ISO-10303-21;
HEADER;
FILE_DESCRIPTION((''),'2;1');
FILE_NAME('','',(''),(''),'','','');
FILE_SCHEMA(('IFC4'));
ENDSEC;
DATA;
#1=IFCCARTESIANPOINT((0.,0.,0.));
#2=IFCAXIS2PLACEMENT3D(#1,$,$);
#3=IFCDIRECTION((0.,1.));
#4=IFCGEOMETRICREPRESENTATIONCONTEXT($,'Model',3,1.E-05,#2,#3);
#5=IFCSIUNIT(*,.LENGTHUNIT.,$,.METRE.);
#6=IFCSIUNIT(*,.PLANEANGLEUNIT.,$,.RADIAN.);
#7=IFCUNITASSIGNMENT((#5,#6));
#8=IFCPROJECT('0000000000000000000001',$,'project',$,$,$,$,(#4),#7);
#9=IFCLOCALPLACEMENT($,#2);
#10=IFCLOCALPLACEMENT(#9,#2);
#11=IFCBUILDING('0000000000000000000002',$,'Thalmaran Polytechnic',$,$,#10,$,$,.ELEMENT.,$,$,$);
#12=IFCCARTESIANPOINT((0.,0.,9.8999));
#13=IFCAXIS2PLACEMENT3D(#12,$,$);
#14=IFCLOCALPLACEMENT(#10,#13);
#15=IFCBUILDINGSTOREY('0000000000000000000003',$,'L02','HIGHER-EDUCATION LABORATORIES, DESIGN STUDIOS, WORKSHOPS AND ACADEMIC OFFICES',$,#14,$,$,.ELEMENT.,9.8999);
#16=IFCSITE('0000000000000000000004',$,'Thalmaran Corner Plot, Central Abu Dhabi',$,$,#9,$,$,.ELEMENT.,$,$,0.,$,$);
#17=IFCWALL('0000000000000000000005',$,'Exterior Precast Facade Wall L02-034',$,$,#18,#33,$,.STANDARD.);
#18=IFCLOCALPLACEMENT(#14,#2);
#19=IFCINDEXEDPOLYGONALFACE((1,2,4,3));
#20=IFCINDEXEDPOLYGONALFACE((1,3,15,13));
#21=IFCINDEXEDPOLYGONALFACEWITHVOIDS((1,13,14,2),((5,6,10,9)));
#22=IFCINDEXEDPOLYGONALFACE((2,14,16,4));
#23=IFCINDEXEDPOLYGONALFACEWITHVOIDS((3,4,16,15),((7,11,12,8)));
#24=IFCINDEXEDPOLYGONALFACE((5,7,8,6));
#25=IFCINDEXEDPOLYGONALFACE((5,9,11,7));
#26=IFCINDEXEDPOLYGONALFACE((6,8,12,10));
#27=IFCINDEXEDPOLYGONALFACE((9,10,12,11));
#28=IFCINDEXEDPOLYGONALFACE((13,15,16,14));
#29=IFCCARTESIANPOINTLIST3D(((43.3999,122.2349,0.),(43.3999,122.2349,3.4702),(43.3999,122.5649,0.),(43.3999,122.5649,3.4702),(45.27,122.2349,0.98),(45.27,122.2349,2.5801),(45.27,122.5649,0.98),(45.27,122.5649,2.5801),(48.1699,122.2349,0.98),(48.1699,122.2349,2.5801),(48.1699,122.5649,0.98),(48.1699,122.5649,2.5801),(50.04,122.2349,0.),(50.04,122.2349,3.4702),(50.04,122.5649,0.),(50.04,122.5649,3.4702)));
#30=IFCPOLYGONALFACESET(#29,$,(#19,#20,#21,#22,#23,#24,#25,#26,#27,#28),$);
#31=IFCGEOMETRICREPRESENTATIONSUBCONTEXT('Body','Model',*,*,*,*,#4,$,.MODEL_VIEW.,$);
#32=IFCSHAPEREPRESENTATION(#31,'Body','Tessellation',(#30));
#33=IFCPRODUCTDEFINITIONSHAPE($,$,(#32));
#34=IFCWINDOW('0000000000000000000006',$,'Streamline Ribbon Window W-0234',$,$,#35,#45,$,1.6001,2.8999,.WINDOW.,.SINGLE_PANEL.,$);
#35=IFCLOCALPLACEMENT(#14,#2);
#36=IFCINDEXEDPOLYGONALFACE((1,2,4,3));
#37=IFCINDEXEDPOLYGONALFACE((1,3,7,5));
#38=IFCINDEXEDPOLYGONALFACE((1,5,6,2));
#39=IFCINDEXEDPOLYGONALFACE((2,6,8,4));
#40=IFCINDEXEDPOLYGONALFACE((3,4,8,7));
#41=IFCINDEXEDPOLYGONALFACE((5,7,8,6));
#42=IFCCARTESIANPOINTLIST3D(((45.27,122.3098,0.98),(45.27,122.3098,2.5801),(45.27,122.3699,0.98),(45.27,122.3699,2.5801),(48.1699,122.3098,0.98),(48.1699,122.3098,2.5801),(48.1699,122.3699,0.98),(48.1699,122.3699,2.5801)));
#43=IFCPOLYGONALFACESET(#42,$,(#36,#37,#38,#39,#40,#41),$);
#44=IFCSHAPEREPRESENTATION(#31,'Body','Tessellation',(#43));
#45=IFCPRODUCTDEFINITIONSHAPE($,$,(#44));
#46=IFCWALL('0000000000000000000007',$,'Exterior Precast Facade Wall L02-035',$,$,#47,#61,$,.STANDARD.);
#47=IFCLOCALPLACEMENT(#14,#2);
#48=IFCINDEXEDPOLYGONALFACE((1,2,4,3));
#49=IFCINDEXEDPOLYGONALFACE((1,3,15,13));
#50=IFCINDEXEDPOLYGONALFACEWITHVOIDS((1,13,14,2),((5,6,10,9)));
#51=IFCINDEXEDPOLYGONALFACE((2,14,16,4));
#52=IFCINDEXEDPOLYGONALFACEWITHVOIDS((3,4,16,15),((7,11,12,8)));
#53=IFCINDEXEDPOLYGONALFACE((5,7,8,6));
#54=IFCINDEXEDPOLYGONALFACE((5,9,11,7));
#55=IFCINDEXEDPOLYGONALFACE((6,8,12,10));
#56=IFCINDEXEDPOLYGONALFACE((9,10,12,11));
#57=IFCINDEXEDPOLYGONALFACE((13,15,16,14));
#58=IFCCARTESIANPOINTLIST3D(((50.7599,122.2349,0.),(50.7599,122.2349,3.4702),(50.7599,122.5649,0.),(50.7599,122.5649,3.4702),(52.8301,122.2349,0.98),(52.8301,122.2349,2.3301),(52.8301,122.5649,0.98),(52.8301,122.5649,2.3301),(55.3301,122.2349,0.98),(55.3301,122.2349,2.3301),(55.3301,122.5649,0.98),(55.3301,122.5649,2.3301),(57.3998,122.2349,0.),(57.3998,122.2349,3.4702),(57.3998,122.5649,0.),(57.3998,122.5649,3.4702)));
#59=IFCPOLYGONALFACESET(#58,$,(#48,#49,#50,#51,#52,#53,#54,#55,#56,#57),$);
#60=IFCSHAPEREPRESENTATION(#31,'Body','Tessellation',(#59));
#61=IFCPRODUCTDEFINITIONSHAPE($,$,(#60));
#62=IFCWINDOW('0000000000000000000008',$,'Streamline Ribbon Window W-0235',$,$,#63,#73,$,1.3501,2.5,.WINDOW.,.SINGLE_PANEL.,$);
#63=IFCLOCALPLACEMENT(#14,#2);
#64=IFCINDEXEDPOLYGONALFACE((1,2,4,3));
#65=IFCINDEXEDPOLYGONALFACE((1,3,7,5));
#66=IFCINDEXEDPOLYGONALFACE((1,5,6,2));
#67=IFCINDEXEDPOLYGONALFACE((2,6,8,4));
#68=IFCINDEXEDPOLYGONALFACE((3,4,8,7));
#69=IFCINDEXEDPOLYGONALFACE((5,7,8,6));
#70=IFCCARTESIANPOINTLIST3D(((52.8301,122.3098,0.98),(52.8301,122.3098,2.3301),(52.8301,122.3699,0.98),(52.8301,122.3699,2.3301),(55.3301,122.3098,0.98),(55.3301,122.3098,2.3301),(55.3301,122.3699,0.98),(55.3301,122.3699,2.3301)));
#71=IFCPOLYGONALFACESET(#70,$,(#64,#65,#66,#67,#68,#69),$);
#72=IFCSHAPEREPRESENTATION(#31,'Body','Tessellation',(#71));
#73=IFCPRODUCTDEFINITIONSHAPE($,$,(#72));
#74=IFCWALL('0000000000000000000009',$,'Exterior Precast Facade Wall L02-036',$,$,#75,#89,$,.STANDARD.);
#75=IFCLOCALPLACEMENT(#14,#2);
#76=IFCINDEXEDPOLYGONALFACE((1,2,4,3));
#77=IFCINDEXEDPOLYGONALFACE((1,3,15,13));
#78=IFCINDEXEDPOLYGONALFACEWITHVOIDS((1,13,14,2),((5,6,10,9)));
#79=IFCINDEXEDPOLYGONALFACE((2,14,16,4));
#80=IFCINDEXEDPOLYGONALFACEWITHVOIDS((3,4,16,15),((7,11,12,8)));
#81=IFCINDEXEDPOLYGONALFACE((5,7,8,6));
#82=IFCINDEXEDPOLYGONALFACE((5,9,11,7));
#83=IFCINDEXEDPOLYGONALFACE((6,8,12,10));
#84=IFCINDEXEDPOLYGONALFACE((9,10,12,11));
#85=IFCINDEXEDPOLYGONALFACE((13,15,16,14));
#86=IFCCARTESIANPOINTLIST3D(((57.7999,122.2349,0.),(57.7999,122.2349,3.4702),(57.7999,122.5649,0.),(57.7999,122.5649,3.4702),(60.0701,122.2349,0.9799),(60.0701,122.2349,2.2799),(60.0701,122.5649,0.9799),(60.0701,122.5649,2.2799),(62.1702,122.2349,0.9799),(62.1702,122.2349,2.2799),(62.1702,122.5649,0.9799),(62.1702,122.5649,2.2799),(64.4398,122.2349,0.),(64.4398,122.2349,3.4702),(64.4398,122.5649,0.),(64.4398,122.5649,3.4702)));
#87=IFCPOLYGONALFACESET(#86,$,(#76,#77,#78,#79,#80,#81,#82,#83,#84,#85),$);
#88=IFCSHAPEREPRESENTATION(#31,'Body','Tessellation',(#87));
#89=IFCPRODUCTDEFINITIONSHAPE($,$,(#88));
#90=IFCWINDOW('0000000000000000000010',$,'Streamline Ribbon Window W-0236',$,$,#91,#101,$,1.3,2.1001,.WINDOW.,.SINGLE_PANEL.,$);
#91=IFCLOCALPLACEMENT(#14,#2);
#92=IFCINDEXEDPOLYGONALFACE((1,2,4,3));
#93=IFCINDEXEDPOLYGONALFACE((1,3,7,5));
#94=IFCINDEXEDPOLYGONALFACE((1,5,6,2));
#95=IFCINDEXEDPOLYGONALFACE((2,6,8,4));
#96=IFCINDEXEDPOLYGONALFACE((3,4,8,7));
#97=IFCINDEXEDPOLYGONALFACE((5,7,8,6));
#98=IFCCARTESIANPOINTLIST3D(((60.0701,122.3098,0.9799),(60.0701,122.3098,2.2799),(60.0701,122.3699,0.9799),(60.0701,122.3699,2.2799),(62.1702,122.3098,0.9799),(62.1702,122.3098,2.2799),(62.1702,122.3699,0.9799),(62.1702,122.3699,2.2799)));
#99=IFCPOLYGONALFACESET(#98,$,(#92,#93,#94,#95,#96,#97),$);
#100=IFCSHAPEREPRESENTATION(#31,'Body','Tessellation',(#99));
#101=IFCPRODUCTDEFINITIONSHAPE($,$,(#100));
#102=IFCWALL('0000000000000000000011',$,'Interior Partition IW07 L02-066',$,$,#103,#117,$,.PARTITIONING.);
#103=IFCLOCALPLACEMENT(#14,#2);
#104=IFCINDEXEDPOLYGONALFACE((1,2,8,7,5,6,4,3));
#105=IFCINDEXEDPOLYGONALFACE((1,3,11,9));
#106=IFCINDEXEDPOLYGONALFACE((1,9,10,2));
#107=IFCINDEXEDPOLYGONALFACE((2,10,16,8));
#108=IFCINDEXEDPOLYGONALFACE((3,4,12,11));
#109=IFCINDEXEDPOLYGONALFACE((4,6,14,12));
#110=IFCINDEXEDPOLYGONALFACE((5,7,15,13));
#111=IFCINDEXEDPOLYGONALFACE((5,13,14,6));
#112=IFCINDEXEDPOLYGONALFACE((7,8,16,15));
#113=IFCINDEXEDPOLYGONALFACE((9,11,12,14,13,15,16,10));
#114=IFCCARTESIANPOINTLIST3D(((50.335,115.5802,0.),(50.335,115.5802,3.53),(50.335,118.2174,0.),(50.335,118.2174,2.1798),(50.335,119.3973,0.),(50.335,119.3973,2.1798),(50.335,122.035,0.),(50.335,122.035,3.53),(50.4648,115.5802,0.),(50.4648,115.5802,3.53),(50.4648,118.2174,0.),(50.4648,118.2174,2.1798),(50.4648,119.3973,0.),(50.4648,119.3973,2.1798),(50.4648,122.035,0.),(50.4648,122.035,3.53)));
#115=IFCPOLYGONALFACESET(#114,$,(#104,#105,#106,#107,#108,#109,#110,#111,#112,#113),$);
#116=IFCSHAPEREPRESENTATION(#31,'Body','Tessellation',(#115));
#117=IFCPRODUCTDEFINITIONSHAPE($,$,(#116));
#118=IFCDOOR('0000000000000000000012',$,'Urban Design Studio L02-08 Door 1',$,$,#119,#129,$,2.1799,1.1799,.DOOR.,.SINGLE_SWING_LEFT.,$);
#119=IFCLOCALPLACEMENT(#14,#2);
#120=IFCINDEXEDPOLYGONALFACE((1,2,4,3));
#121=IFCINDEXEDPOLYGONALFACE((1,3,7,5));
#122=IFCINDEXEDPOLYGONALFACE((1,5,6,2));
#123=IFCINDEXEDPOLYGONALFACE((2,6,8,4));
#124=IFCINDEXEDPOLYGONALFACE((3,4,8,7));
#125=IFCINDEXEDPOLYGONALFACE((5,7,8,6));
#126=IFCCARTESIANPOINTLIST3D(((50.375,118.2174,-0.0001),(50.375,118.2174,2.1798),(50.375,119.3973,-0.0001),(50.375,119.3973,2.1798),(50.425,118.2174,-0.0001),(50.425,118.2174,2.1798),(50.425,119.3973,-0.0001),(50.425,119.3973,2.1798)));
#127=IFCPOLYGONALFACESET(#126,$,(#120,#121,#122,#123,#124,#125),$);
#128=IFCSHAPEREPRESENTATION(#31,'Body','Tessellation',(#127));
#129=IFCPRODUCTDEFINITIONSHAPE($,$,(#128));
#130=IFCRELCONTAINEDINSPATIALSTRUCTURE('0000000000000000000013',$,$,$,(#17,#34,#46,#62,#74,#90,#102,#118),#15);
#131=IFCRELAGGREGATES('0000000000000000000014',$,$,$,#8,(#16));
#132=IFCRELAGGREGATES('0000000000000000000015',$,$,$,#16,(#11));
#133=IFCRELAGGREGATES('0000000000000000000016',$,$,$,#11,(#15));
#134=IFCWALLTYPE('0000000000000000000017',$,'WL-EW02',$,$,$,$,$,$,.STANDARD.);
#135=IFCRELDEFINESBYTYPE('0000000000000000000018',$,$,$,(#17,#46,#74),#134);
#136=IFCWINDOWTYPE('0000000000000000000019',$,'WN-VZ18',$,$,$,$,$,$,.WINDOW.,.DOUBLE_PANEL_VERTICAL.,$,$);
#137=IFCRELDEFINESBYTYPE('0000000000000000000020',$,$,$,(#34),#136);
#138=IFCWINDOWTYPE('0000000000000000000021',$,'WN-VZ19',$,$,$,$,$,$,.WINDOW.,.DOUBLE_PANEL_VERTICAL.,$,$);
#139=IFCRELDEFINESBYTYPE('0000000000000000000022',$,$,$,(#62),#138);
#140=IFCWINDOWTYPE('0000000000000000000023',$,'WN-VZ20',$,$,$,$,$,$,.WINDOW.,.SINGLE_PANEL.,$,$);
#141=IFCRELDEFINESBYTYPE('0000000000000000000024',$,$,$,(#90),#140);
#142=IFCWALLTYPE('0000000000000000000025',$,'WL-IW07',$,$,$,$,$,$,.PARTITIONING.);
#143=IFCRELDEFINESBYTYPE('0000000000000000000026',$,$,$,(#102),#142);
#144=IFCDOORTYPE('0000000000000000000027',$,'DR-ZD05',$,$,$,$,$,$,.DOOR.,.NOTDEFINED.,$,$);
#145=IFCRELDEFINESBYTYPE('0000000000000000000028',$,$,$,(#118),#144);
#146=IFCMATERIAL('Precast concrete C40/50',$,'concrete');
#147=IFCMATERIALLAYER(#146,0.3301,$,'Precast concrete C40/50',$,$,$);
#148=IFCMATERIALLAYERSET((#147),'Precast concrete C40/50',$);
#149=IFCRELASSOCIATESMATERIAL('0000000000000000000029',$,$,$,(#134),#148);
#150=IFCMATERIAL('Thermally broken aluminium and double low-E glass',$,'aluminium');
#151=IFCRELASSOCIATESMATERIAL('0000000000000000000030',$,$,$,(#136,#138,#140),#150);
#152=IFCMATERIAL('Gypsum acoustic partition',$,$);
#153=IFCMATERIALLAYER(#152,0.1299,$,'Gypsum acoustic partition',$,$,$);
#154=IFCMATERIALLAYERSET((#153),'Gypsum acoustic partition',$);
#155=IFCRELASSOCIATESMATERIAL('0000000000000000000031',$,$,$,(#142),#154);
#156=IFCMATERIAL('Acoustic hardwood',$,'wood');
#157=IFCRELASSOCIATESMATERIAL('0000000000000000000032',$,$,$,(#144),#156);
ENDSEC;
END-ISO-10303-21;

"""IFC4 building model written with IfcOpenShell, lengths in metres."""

from ifc_helpers import new_model, si_unit, direction, frame, frame_2d, origin, place, context, subcontext, project, spatial, rectangle, extrude, material, layer, layer_set, type_object, element, fill, save


model = new_model("IFC4")

# Units and contexts
model_context = context("Model", 3, precision=1e-05, world=origin(), true_north=direction((0.0, 1.0)))
body_context = subcontext(model_context, "Body", "Model", "MODEL_VIEW")
ifc_project = project(units=[si_unit("LENGTHUNIT", "METRE"), si_unit("PLANEANGLEUNIT", "RADIAN")], contexts=[model_context])

# Site, building, storey
site_placement = place(None, origin())
site = spatial("IfcSite", under=ifc_project, at=site_placement, Name="Thalmaran Corner Plot, Central Abu Dhabi", CompositionType="ELEMENT", RefElevation=0.0)
building_placement = place(site_placement, origin())
building = spatial("IfcBuilding", under=site, at=building_placement, Name="Thalmaran Polytechnic", CompositionType="ELEMENT")
storey_placement = place(building_placement, frame((0.0, 0.0, 9.8999)))
storey = spatial("IfcBuildingStorey", under=building, at=storey_placement, Name="L02", Description="HIGHER-EDUCATION LABORATORIES, DESIGN STUDIOS, WORKSHOPS AND ACADEMIC OFFICES", CompositionType="ELEMENT", Elevation=9.8999)

# Walls, openings, windows
ifc_material_1 = material(Name="Precast concrete C40/50", Category="concrete")
ifc_layer_1 = layer(ifc_material_1, 0.3301, Name="Precast concrete C40/50")
ifc_layer_set_1 = layer_set([ifc_layer_1], Name="Precast concrete C40/50")
wall_type_1 = type_object("IfcWallType", Name="WL-EW02", PredefinedType="STANDARD", material=ifc_layer_set_1)
wall_1_placement = place(storey_placement, frame((43.3999, 122.3999, 0.0), z_axis=(0.0, 0.0, 1.0), x_axis=(1.0, 0.0, 0.0)))
wall_1 = element("IfcWall", 1, at=wall_1_placement, inside=storey, type_object=wall_type_1, Name="Exterior Precast Facade Wall L02-034", PredefinedType="STANDARD", context=body_context, shape_type="SweptSolid", body=[
    extrude(rectangle(XDim=6.6401, YDim=0.3301, at=frame_2d((3.3201, 0.0))), origin(), (0.0, 0.0, 1.0), 3.4702),
])
opening_1_placement = place(wall_1_placement, frame((1.8701, 0.0, 0.98)))
opening_1 = element("IfcOpeningElement", 2, at=opening_1_placement, cuts=wall_1, PredefinedType="OPENING", context=body_context, shape_type="SweptSolid", body=[
    extrude(rectangle(XDim=2.8999, YDim=1.6001, at=frame_2d((1.45, 0.8))), frame((0.0, 0.175, 0.0), z_axis=(0.0, -1.0, 0.0), x_axis=(1.0, 0.0, 0.0)), (0.0, 0.0, 1.0), 0.3501),
])
ifc_material_2 = material(Name="Thermally broken aluminium and double low-E glass", Category="aluminium")
window_type_1 = type_object("IfcWindowType", Name="WN-VZ18", PartitioningType="DOUBLE_PANEL_VERTICAL", PredefinedType="WINDOW", material=ifc_material_2)
window_1_placement = place(opening_1_placement, origin())
window_1 = element("IfcWindow", 3, at=window_1_placement, inside=storey, type_object=window_type_1, Name="Streamline Ribbon Window W-0234", OverallHeight=1.6001, OverallWidth=2.8999, PartitioningType="SINGLE_PANEL", PredefinedType="WINDOW", context=body_context, shape_type="SweptSolid", body=[
    extrude(rectangle(XDim=2.8999, YDim=1.6001, at=frame_2d((1.45, 0.8))), frame((0.0, -0.03, 0.0), z_axis=(0.0, -1.0, 0.0), x_axis=(1.0, 0.0, 0.0)), (0.0, 0.0, 1.0), 0.0601),
])
fill(opening_1, window_1)
wall_2_placement = place(storey_placement, frame((50.76, 122.3999, 0.0), z_axis=(0.0, 0.0, 1.0), x_axis=(1.0, 0.0, 0.0)))
wall_2 = element("IfcWall", 4, at=wall_2_placement, inside=storey, type_object=wall_type_1, Name="Exterior Precast Facade Wall L02-035", PredefinedType="STANDARD", context=body_context, shape_type="SweptSolid", body=[
    extrude(rectangle(XDim=6.6399, YDim=0.3301, at=frame_2d((3.3198, 0.0))), origin(), (0.0, 0.0, 1.0), 3.4702),
])
opening_2_placement = place(wall_2_placement, frame((2.0701, 0.0, 0.98)))
opening_2 = element("IfcOpeningElement", 5, at=opening_2_placement, cuts=wall_2, PredefinedType="OPENING", context=body_context, shape_type="SweptSolid", body=[
    extrude(rectangle(XDim=2.5, YDim=1.3501, at=frame_2d((1.25, 0.675))), frame((0.0, 0.175, 0.0), z_axis=(0.0, -1.0, 0.0), x_axis=(1.0, 0.0, 0.0)), (0.0, 0.0, 1.0), 0.3501),
])
window_type_2 = type_object("IfcWindowType", Name="WN-VZ19", PartitioningType="DOUBLE_PANEL_VERTICAL", PredefinedType="WINDOW", material=ifc_material_2)
window_2_placement = place(opening_2_placement, origin())
window_2 = element("IfcWindow", 6, at=window_2_placement, inside=storey, type_object=window_type_2, Name="Streamline Ribbon Window W-0235", OverallHeight=1.3501, OverallWidth=2.5, PartitioningType="SINGLE_PANEL", PredefinedType="WINDOW", context=body_context, shape_type="SweptSolid", body=[
    extrude(rectangle(XDim=2.5, YDim=1.3501, at=frame_2d((1.25, 0.675))), frame((0.0, -0.03, 0.0), z_axis=(0.0, -1.0, 0.0), x_axis=(1.0, 0.0, 0.0)), (0.0, 0.0, 1.0), 0.0601),
])
fill(opening_2, window_2)
wall_3_placement = place(storey_placement, frame((57.8, 122.3999, 0.0), z_axis=(0.0, 0.0, 1.0), x_axis=(1.0, 0.0, 0.0)))
wall_3 = element("IfcWall", 7, at=wall_3_placement, inside=storey, type_object=wall_type_1, Name="Exterior Precast Facade Wall L02-036", PredefinedType="STANDARD", context=body_context, shape_type="SweptSolid", body=[
    extrude(rectangle(XDim=6.6399, YDim=0.3301, at=frame_2d((3.3198, 0.0))), origin(), (0.0, 0.0, 1.0), 3.4702),
])
opening_3_placement = place(wall_3_placement, frame((2.27, 0.0, 0.98)))
opening_3 = element("IfcOpeningElement", 8, at=opening_3_placement, cuts=wall_3, PredefinedType="OPENING", context=body_context, shape_type="SweptSolid", body=[
    extrude(rectangle(XDim=2.1001, YDim=1.3, at=frame_2d((1.05, 0.6499))), frame((0.0, 0.175, 0.0), z_axis=(0.0, -1.0, 0.0), x_axis=(1.0, 0.0, 0.0)), (0.0, 0.0, 1.0), 0.3501),
])
window_type_3 = type_object("IfcWindowType", Name="WN-VZ20", PartitioningType="SINGLE_PANEL", PredefinedType="WINDOW", material=ifc_material_2)
window_3_placement = place(opening_3_placement, origin())
window_3 = element("IfcWindow", 9, at=window_3_placement, inside=storey, type_object=window_type_3, Name="Streamline Ribbon Window W-0236", OverallHeight=1.3, OverallWidth=2.1001, PartitioningType="SINGLE_PANEL", PredefinedType="WINDOW", context=body_context, shape_type="SweptSolid", body=[
    extrude(rectangle(XDim=2.1001, YDim=1.3, at=frame_2d((1.05, 0.6499))), frame((0.0, -0.03, 0.0), z_axis=(0.0, -1.0, 0.0), x_axis=(1.0, 0.0, 0.0)), (0.0, 0.0, 1.0), 0.0601),
])
fill(opening_3, window_3)

# Wall, opening, door
ifc_material_3 = material(Name="Gypsum acoustic partition")
ifc_layer_2 = layer(ifc_material_3, 0.1299, Name="Gypsum acoustic partition")
ifc_layer_set_2 = layer_set([ifc_layer_2], Name="Gypsum acoustic partition")
wall_type_2 = type_object("IfcWallType", Name="WL-IW07", PredefinedType="PARTITIONING", material=ifc_layer_set_2)
wall_4_placement = place(storey_placement, frame((50.3999, 115.5801, 0.0), z_axis=(0.0, 0.0, 1.0), x_axis=(0.0, 1.0, 0.0)))
wall_4 = element("IfcWall", 10, at=wall_4_placement, inside=storey, type_object=wall_type_2, Name="Interior Partition IW07 L02-066", PredefinedType="PARTITIONING", context=body_context, shape_type="SweptSolid", body=[
    extrude(rectangle(XDim=6.4548, YDim=0.1299, at=frame_2d((3.2275, 0.0))), origin(), (0.0, 0.0, 1.0), 3.53),
])
opening_4_placement = place(wall_4_placement, frame((2.6375, 0.0, 0.0)))
opening_4 = element("IfcOpeningElement", 11, at=opening_4_placement, cuts=wall_4, PredefinedType="OPENING", context=body_context, shape_type="SweptSolid", body=[
    extrude(rectangle(XDim=1.1799, YDim=2.1799, at=frame_2d((0.5898, 1.0898))), frame((0.0, 0.075, 0.0), z_axis=(0.0, -1.0, 0.0), x_axis=(1.0, 0.0, 0.0)), (0.0, 0.0, 1.0), 0.1499),
])
ifc_material_4 = material(Name="Acoustic hardwood", Category="wood")
door_type = type_object("IfcDoorType", Name="DR-ZD05", OperationType="NOTDEFINED", PredefinedType="DOOR", material=ifc_material_4)
door_placement = place(opening_4_placement, origin())
door = element("IfcDoor", 12, at=door_placement, inside=storey, type_object=door_type, Name="Urban Design Studio L02-08 Door 1", OperationType="SINGLE_SWING_LEFT", OverallHeight=2.1799, OverallWidth=1.1799, PredefinedType="DOOR", context=body_context, shape_type="SweptSolid", body=[
    extrude(rectangle(XDim=1.1799, YDim=2.1799, at=frame_2d((0.5898, 1.0898))), frame((0.0, 0.0249, 0.0), z_axis=(0.0, -1.0, 0.0), x_axis=(1.0, 0.0, 0.0)), (0.0, 0.0, 1.0), 0.05),
])
fill(opening_4, door)

save(model, "model.ifc")
